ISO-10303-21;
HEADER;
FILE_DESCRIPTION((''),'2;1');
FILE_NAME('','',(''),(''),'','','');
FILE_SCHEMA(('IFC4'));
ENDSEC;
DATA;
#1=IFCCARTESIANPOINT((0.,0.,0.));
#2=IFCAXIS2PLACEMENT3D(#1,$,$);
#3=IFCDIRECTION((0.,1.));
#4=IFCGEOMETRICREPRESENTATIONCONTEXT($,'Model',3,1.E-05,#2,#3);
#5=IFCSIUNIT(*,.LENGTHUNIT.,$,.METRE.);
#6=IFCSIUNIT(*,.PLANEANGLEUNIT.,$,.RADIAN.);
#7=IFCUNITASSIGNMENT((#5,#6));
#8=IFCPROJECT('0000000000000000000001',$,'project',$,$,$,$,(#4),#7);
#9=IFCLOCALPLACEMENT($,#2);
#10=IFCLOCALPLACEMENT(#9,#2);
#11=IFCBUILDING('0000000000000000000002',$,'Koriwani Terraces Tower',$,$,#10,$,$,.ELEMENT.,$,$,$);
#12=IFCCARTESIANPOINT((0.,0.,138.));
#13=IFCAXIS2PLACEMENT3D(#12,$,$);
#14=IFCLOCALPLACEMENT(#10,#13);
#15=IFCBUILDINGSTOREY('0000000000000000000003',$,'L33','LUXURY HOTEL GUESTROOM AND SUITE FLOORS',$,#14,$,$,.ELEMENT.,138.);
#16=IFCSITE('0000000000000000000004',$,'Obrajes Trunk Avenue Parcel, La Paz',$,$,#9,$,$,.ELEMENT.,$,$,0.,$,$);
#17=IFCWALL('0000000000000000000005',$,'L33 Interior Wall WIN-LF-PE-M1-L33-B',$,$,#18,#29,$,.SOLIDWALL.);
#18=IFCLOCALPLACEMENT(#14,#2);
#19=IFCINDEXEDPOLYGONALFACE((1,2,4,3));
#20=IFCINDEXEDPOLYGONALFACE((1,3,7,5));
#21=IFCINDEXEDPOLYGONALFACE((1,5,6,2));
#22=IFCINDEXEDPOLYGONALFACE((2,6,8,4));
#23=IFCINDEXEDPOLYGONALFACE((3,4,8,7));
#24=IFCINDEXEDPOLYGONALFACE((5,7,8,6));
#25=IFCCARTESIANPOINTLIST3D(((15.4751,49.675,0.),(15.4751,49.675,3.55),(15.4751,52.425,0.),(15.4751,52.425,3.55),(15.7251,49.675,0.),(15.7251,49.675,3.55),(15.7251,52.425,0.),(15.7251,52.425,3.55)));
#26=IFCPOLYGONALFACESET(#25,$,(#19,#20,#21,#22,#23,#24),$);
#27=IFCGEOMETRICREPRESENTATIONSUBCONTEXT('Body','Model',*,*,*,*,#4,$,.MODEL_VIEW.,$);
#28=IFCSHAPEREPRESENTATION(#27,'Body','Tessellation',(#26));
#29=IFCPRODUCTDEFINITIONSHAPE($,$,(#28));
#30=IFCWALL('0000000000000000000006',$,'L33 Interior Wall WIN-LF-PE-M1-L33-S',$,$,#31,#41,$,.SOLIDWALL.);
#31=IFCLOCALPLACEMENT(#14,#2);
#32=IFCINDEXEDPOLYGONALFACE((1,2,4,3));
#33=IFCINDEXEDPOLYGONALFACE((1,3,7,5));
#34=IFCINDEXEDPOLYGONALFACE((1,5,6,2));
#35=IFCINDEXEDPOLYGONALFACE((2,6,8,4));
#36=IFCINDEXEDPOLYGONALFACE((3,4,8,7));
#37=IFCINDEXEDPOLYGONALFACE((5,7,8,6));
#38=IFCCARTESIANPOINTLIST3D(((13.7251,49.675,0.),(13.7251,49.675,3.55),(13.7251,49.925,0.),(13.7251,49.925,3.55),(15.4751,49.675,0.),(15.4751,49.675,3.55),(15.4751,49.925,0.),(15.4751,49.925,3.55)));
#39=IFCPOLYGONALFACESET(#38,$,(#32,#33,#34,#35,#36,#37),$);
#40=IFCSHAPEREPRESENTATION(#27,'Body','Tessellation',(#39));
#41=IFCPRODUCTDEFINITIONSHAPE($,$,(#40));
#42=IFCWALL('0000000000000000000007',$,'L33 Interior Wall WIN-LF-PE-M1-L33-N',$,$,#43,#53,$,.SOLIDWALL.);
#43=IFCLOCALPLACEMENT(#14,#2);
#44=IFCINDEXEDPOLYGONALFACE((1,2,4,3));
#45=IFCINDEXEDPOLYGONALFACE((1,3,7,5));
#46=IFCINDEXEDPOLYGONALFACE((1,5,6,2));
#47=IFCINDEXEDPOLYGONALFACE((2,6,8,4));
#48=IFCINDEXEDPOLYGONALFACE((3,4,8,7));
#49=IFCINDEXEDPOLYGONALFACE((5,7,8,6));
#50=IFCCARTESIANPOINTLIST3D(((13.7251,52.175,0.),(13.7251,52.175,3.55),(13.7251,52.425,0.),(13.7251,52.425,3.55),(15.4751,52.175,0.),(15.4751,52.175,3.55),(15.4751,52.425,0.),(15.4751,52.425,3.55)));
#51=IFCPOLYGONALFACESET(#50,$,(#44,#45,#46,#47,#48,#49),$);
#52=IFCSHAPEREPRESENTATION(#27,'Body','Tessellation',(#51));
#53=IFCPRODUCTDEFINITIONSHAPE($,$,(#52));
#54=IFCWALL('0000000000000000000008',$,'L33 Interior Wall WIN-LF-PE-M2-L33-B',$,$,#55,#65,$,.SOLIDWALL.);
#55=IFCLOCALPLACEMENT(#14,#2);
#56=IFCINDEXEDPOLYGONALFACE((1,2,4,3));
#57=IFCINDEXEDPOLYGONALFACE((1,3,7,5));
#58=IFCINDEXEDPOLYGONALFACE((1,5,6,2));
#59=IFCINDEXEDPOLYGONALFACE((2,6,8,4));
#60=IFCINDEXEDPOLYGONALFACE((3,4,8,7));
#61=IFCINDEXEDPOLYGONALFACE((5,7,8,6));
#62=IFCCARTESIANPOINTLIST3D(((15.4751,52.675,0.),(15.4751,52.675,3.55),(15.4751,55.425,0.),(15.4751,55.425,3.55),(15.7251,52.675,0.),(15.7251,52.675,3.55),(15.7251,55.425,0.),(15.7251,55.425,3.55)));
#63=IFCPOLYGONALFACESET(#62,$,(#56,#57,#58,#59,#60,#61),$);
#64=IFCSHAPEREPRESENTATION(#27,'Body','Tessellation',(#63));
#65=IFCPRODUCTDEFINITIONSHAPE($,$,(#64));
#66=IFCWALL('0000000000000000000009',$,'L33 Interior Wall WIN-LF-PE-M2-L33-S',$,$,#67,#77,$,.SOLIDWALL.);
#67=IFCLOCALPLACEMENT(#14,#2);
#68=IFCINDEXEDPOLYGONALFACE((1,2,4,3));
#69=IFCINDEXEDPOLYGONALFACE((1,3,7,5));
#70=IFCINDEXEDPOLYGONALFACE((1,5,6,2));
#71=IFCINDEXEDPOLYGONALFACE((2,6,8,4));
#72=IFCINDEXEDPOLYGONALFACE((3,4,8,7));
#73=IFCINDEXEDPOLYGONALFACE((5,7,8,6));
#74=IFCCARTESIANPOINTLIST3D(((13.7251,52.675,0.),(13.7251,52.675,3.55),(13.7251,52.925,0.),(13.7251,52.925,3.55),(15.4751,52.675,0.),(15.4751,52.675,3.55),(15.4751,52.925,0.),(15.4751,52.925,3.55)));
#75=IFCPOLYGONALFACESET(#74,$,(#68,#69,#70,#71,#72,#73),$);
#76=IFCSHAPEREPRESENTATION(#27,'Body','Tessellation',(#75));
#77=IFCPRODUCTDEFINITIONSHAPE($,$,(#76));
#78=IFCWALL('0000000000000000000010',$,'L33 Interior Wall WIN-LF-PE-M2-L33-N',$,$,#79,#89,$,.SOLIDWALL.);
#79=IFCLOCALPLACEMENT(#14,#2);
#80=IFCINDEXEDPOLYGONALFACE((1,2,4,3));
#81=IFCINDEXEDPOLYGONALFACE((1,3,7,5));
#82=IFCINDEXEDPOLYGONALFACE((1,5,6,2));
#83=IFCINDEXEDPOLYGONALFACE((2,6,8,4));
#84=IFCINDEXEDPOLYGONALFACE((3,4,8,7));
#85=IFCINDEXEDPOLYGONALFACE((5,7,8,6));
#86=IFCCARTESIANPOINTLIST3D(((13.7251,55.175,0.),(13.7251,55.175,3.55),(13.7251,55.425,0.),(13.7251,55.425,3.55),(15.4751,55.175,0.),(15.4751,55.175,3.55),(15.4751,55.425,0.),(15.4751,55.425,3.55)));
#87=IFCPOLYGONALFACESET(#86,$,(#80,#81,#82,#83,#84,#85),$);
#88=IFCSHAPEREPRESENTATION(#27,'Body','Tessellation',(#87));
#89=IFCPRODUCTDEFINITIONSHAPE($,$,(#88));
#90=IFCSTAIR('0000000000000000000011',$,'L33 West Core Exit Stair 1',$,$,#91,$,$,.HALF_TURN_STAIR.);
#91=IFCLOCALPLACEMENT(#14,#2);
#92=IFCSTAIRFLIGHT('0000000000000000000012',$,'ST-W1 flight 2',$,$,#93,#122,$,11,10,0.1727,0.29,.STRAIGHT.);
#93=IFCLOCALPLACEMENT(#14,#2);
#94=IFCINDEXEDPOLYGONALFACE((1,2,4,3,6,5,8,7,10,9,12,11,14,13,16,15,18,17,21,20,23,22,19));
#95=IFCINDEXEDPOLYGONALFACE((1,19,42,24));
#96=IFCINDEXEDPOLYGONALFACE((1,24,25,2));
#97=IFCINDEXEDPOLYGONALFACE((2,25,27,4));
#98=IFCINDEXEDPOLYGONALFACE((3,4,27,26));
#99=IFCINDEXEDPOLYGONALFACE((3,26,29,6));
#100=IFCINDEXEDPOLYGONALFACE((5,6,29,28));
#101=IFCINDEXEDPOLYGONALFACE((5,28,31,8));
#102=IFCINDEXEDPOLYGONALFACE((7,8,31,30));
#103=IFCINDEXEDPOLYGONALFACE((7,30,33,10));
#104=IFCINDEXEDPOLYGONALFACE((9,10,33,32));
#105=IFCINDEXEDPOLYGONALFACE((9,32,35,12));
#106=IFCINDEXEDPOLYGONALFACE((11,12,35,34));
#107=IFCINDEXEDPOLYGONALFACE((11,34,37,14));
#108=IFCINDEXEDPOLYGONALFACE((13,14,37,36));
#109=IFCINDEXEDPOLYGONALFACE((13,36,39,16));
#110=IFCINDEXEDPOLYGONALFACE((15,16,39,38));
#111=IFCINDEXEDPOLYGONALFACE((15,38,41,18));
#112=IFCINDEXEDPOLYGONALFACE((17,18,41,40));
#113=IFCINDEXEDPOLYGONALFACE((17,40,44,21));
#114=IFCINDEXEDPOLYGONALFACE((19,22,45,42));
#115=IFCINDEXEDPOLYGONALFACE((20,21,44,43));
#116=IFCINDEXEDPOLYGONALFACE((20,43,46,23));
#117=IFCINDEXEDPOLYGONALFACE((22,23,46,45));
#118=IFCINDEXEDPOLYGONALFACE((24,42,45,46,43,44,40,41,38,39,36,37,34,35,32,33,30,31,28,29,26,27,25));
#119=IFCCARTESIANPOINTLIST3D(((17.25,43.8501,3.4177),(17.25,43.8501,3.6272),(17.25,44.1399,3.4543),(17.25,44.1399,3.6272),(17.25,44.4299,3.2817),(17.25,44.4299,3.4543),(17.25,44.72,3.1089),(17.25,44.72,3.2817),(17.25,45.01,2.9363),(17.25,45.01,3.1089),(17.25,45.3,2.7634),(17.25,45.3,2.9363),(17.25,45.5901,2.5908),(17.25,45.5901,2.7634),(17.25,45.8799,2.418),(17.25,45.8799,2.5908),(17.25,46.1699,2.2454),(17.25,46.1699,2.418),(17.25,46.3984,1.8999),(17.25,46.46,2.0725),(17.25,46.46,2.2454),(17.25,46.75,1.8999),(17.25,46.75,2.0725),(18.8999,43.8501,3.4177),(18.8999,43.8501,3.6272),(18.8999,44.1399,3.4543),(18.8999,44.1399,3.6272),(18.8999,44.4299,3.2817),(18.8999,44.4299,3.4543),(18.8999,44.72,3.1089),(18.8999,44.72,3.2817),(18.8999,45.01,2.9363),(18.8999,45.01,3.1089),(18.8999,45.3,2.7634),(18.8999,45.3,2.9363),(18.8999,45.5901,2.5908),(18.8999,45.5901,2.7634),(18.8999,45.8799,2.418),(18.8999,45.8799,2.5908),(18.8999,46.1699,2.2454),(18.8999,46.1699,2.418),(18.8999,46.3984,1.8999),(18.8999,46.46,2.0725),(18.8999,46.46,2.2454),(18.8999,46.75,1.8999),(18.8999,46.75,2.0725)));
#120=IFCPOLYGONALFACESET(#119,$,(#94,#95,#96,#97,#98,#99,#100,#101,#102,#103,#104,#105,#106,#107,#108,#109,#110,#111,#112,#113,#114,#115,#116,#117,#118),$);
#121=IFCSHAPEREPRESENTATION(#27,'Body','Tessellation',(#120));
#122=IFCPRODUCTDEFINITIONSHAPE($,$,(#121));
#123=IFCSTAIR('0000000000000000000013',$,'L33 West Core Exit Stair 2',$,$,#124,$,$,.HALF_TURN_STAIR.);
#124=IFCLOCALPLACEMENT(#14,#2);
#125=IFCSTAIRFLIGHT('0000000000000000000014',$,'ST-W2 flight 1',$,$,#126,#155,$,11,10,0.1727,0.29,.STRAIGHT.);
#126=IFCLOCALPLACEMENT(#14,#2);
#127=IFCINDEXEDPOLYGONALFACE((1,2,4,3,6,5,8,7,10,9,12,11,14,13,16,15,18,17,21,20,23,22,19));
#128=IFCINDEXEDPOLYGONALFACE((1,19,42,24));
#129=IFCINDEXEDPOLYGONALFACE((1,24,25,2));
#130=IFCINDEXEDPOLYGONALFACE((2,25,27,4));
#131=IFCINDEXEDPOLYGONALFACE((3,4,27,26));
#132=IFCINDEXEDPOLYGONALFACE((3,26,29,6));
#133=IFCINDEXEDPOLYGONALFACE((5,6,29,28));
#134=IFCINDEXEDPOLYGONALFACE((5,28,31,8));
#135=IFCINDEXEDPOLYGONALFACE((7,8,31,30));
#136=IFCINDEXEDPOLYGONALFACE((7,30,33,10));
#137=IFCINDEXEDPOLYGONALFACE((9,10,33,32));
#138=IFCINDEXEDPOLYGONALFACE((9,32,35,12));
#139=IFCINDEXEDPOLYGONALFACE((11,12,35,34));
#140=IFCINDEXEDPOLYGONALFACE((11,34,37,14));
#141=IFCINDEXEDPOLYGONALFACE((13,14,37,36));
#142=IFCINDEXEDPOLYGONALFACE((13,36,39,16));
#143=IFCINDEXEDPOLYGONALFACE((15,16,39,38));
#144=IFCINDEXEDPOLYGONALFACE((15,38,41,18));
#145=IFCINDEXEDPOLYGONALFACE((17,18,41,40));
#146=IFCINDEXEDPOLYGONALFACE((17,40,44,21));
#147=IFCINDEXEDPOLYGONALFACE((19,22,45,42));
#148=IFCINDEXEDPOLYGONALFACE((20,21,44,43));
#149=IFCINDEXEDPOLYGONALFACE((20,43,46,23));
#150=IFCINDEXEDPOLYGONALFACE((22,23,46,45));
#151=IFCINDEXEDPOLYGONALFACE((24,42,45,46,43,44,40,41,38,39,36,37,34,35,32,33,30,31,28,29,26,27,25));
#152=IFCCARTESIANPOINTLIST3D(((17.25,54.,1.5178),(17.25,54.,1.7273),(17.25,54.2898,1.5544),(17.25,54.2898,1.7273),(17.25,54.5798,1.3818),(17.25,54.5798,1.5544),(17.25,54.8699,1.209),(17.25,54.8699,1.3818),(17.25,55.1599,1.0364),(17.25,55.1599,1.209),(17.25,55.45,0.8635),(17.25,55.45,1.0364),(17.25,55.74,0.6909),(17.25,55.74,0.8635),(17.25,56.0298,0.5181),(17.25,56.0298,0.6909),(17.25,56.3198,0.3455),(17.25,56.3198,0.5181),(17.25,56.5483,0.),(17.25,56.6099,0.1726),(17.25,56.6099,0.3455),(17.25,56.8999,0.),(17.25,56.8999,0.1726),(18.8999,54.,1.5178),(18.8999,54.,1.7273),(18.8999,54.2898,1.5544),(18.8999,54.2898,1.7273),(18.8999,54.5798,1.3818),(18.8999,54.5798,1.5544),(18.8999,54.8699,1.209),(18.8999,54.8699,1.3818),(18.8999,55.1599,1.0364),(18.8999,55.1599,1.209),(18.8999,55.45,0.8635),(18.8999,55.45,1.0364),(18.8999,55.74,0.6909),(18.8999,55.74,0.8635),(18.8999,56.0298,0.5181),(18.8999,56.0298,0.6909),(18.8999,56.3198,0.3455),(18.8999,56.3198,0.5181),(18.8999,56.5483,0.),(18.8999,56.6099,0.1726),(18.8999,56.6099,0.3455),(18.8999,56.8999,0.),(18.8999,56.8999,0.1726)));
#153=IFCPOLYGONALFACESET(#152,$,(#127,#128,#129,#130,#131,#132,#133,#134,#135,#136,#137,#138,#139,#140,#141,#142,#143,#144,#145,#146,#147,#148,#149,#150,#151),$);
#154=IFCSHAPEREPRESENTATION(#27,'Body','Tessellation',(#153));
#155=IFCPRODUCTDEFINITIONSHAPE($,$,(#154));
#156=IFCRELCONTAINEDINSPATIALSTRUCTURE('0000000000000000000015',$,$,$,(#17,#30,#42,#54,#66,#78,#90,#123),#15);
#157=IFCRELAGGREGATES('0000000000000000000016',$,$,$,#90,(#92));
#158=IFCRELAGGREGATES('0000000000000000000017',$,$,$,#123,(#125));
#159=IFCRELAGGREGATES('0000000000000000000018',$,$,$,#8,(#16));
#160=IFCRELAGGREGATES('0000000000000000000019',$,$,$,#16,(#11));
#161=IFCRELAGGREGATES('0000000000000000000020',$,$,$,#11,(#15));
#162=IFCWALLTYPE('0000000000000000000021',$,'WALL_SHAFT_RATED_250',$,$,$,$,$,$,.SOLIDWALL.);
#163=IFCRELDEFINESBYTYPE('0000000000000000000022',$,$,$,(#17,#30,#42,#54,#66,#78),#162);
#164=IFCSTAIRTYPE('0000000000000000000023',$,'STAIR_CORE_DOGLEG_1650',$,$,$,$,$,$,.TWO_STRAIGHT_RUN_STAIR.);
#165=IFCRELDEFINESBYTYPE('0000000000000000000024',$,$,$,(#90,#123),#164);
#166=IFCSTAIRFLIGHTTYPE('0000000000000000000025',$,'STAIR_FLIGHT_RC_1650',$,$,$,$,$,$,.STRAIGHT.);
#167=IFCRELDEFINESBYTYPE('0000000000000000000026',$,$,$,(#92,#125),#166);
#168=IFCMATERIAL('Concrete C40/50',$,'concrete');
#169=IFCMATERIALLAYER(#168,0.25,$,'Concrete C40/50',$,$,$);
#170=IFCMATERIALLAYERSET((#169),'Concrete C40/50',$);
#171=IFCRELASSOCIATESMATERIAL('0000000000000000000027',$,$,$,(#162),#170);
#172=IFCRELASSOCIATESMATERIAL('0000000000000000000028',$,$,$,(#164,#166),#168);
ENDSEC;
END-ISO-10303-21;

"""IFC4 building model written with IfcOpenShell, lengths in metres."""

from ifc_helpers import new_model, si_unit, direction, frame, frame_2d, origin, place, context, subcontext, project, spatial, polyline, rectangle, outline, extrude, material, layer, layer_set, type_object, element, aggregate, save


model = new_model("IFC4")

# Units and contexts
model_context = context("Model", 3, precision=1e-05, world=origin(), true_north=direction((0.0, 1.0)))
body_context = subcontext(model_context, "Body", "Model", "MODEL_VIEW")
ifc_project = project(units=[si_unit("LENGTHUNIT", "METRE"), si_unit("PLANEANGLEUNIT", "RADIAN")], contexts=[model_context])

# Site, building, storey
site_placement = place(None, origin())
site = spatial("IfcSite", under=ifc_project, at=site_placement, Name="Obrajes Trunk Avenue Parcel, La Paz", CompositionType="ELEMENT", RefElevation=0.0)
building_placement = place(site_placement, origin())
building = spatial("IfcBuilding", under=site, at=building_placement, Name="Koriwani Terraces Tower", CompositionType="ELEMENT")
storey_placement = place(building_placement, frame((0.0, 0.0, 138.0)))
storey = spatial("IfcBuildingStorey", under=building, at=storey_placement, Name="L33", Description="LUXURY HOTEL GUESTROOM AND SUITE FLOORS", CompositionType="ELEMENT", Elevation=138.0)

# Shared definitions
ifc_material_1 = material(Name="Concrete C40/50", Category="concrete")

# Shared definitions
ifc_layer_1 = layer(ifc_material_1, 0.25, Name="Concrete C40/50")
ifc_layer_set_1 = layer_set([ifc_layer_1], Name="Concrete C40/50")
wall_type_1 = type_object("IfcWallType", Name="WALL_SHAFT_RATED_250", PredefinedType="SOLIDWALL", material=ifc_layer_set_1)

# Walls
wall_1_placement = place(storey_placement, frame((15.6001, 49.675, 0.0), z_axis=(0.0, 0.0, 1.0), x_axis=(0.0, 1.0, 0.0)))
element("IfcWall", 1, at=wall_1_placement, inside=storey, type_object=wall_type_1, Name="L33 Interior Wall WIN-LF-PE-M1-L33-B", PredefinedType="SOLIDWALL", context=body_context, shape_type="SweptSolid", body=[
    extrude(rectangle(XDim=2.75, YDim=0.25, at=frame_2d((1.375, 0.0))), origin(), (0.0, 0.0, 1.0), 3.55),
])
for number, where, z_axis, x_axis, name in (
    (2, (13.7251, 49.8, 0.0), (0.0, 0.0, 1.0), (1.0, 0.0, 0.0), "L33 Interior Wall WIN-LF-PE-M1-L33-S"),
    (3, (13.7251, 52.3, 0.0), (0.0, 0.0, 1.0), (1.0, 0.0, 0.0), "L33 Interior Wall WIN-LF-PE-M1-L33-N"),
):
    element("IfcWall", number, at=place(storey_placement, frame(where, z_axis=z_axis, x_axis=x_axis)), inside=storey, type_object=wall_type_1, Name=name, PredefinedType="SOLIDWALL", context=body_context, shape_type="SweptSolid", body=[
        extrude(rectangle(XDim=1.75, YDim=0.25, at=frame_2d((0.875, 0.0))), origin(), (0.0, 0.0, 1.0), 3.55),
    ])

# Walls
wall_2_placement = place(storey_placement, frame((15.6001, 52.675, 0.0), z_axis=(0.0, 0.0, 1.0), x_axis=(0.0, 1.0, 0.0)))
element("IfcWall", 4, at=wall_2_placement, inside=storey, type_object=wall_type_1, Name="L33 Interior Wall WIN-LF-PE-M2-L33-B", PredefinedType="SOLIDWALL", context=body_context, shape_type="SweptSolid", body=[
    extrude(rectangle(XDim=2.75, YDim=0.25, at=frame_2d((1.375, 0.0))), origin(), (0.0, 0.0, 1.0), 3.55),
])
for number, where, z_axis, x_axis, name in (
    (5, (13.7251, 52.8, 0.0), (0.0, 0.0, 1.0), (1.0, 0.0, 0.0), "L33 Interior Wall WIN-LF-PE-M2-L33-S"),
    (6, (13.7251, 55.3, 0.0), (0.0, 0.0, 1.0), (1.0, 0.0, 0.0), "L33 Interior Wall WIN-LF-PE-M2-L33-N"),
):
    element("IfcWall", number, at=place(storey_placement, frame(where, z_axis=z_axis, x_axis=x_axis)), inside=storey, type_object=wall_type_1, Name=name, PredefinedType="SOLIDWALL", context=body_context, shape_type="SweptSolid", body=[
        extrude(rectangle(XDim=1.75, YDim=0.25, at=frame_2d((0.875, 0.0))), origin(), (0.0, 0.0, 1.0), 3.55),
    ])

# Stairs, stair flights
stair_type = type_object("IfcStairType", Name="STAIR_CORE_DOGLEG_1650", PredefinedType="TWO_STRAIGHT_RUN_STAIR", material=ifc_material_1)
stair_1_placement = place(storey_placement, origin())
stair_1 = element("IfcStair", 7, at=stair_1_placement, inside=storey, type_object=stair_type, Name="L33 West Core Exit Stair 1", PredefinedType="HALF_TURN_STAIR")
stair_flight_type = type_object("IfcStairFlightType", Name="STAIR_FLIGHT_RC_1650", PredefinedType="STRAIGHT", material=ifc_material_1)
stair_flight_1_placement = place(storey_placement, frame((18.075, 46.75, 1.8999), z_axis=(0.0, 0.0, 1.0), x_axis=(0.0, -1.0, 0.0)))
stair_flight_1 = element("IfcStairFlight", 8, at=stair_flight_1_placement, type_object=stair_flight_type, Name="ST-W1 flight 2", NumberOfRisers=11, NumberOfTreads=10, PredefinedType="STRAIGHT", RiserHeight=0.1727, TreadLength=0.29, context=body_context, shape_type="SweptSolid", body=[
    extrude(outline(polyline([(0.0, 0.0), (0.0, 0.1726), (0.29, 0.1726), (0.29, 0.3455), (0.5801, 0.3455), (0.5801, 0.5181), (0.8701, 0.5181), (0.8701, 0.6909), (1.1599, 0.6909), (1.1599, 0.8635), (1.45, 0.8635), (1.45, 1.0364), (1.74, 1.0364), (1.74, 1.209), (2.03, 1.209), (2.03, 1.3818), (2.3201, 1.3818), (2.3201, 1.5544), (2.6101, 1.5544), (2.6101, 1.7273), (2.8999, 1.7273), (2.8999, 1.8999), (2.8999, 1.5178), (0.3516, 0.0), (0.0, 0.0)])), frame((0.0, 0.825, 0.0), z_axis=(0.0, -1.0, 0.0), x_axis=(1.0, 0.0, 0.0)), (0.0, 0.0, 1.0), 1.6499),
])
aggregate(stair_1, [stair_flight_1])
stair_2_placement = place(storey_placement, origin())
stair_2 = element("IfcStair", 9, at=stair_2_placement, inside=storey, type_object=stair_type, Name="L33 West Core Exit Stair 2", PredefinedType="HALF_TURN_STAIR")
stair_flight_2_placement = place(storey_placement, frame((18.075, 56.8999, 0.0), z_axis=(0.0, 0.0, 1.0), x_axis=(0.0, -1.0, 0.0)))
stair_flight_2 = element("IfcStairFlight", 10, at=stair_flight_2_placement, type_object=stair_flight_type, Name="ST-W2 flight 1", NumberOfRisers=11, NumberOfTreads=10, PredefinedType="STRAIGHT", RiserHeight=0.1727, TreadLength=0.29, context=body_context, shape_type="SweptSolid", body=[
    extrude(outline(polyline([(0.0, 0.0), (0.0, 0.1726), (0.29, 0.1726), (0.29, 0.3455), (0.5801, 0.3455), (0.5801, 0.5181), (0.8701, 0.5181), (0.8701, 0.6909), (1.1599, 0.6909), (1.1599, 0.8635), (1.45, 0.8635), (1.45, 1.0364), (1.74, 1.0364), (1.74, 1.209), (2.03, 1.209), (2.03, 1.3818), (2.3201, 1.3818), (2.3201, 1.5544), (2.6101, 1.5544), (2.6101, 1.7273), (2.8999, 1.7273), (2.8999, 1.8999), (2.8999, 1.5178), (0.3516, 0.0), (0.0, 0.0)])), frame((0.0, 0.825, 0.0), z_axis=(0.0, -1.0, 0.0), x_axis=(1.0, 0.0, 0.0)), (0.0, 0.0, 1.0), 1.6499),
])
aggregate(stair_2, [stair_flight_2])

save(model, "model.ifc")
